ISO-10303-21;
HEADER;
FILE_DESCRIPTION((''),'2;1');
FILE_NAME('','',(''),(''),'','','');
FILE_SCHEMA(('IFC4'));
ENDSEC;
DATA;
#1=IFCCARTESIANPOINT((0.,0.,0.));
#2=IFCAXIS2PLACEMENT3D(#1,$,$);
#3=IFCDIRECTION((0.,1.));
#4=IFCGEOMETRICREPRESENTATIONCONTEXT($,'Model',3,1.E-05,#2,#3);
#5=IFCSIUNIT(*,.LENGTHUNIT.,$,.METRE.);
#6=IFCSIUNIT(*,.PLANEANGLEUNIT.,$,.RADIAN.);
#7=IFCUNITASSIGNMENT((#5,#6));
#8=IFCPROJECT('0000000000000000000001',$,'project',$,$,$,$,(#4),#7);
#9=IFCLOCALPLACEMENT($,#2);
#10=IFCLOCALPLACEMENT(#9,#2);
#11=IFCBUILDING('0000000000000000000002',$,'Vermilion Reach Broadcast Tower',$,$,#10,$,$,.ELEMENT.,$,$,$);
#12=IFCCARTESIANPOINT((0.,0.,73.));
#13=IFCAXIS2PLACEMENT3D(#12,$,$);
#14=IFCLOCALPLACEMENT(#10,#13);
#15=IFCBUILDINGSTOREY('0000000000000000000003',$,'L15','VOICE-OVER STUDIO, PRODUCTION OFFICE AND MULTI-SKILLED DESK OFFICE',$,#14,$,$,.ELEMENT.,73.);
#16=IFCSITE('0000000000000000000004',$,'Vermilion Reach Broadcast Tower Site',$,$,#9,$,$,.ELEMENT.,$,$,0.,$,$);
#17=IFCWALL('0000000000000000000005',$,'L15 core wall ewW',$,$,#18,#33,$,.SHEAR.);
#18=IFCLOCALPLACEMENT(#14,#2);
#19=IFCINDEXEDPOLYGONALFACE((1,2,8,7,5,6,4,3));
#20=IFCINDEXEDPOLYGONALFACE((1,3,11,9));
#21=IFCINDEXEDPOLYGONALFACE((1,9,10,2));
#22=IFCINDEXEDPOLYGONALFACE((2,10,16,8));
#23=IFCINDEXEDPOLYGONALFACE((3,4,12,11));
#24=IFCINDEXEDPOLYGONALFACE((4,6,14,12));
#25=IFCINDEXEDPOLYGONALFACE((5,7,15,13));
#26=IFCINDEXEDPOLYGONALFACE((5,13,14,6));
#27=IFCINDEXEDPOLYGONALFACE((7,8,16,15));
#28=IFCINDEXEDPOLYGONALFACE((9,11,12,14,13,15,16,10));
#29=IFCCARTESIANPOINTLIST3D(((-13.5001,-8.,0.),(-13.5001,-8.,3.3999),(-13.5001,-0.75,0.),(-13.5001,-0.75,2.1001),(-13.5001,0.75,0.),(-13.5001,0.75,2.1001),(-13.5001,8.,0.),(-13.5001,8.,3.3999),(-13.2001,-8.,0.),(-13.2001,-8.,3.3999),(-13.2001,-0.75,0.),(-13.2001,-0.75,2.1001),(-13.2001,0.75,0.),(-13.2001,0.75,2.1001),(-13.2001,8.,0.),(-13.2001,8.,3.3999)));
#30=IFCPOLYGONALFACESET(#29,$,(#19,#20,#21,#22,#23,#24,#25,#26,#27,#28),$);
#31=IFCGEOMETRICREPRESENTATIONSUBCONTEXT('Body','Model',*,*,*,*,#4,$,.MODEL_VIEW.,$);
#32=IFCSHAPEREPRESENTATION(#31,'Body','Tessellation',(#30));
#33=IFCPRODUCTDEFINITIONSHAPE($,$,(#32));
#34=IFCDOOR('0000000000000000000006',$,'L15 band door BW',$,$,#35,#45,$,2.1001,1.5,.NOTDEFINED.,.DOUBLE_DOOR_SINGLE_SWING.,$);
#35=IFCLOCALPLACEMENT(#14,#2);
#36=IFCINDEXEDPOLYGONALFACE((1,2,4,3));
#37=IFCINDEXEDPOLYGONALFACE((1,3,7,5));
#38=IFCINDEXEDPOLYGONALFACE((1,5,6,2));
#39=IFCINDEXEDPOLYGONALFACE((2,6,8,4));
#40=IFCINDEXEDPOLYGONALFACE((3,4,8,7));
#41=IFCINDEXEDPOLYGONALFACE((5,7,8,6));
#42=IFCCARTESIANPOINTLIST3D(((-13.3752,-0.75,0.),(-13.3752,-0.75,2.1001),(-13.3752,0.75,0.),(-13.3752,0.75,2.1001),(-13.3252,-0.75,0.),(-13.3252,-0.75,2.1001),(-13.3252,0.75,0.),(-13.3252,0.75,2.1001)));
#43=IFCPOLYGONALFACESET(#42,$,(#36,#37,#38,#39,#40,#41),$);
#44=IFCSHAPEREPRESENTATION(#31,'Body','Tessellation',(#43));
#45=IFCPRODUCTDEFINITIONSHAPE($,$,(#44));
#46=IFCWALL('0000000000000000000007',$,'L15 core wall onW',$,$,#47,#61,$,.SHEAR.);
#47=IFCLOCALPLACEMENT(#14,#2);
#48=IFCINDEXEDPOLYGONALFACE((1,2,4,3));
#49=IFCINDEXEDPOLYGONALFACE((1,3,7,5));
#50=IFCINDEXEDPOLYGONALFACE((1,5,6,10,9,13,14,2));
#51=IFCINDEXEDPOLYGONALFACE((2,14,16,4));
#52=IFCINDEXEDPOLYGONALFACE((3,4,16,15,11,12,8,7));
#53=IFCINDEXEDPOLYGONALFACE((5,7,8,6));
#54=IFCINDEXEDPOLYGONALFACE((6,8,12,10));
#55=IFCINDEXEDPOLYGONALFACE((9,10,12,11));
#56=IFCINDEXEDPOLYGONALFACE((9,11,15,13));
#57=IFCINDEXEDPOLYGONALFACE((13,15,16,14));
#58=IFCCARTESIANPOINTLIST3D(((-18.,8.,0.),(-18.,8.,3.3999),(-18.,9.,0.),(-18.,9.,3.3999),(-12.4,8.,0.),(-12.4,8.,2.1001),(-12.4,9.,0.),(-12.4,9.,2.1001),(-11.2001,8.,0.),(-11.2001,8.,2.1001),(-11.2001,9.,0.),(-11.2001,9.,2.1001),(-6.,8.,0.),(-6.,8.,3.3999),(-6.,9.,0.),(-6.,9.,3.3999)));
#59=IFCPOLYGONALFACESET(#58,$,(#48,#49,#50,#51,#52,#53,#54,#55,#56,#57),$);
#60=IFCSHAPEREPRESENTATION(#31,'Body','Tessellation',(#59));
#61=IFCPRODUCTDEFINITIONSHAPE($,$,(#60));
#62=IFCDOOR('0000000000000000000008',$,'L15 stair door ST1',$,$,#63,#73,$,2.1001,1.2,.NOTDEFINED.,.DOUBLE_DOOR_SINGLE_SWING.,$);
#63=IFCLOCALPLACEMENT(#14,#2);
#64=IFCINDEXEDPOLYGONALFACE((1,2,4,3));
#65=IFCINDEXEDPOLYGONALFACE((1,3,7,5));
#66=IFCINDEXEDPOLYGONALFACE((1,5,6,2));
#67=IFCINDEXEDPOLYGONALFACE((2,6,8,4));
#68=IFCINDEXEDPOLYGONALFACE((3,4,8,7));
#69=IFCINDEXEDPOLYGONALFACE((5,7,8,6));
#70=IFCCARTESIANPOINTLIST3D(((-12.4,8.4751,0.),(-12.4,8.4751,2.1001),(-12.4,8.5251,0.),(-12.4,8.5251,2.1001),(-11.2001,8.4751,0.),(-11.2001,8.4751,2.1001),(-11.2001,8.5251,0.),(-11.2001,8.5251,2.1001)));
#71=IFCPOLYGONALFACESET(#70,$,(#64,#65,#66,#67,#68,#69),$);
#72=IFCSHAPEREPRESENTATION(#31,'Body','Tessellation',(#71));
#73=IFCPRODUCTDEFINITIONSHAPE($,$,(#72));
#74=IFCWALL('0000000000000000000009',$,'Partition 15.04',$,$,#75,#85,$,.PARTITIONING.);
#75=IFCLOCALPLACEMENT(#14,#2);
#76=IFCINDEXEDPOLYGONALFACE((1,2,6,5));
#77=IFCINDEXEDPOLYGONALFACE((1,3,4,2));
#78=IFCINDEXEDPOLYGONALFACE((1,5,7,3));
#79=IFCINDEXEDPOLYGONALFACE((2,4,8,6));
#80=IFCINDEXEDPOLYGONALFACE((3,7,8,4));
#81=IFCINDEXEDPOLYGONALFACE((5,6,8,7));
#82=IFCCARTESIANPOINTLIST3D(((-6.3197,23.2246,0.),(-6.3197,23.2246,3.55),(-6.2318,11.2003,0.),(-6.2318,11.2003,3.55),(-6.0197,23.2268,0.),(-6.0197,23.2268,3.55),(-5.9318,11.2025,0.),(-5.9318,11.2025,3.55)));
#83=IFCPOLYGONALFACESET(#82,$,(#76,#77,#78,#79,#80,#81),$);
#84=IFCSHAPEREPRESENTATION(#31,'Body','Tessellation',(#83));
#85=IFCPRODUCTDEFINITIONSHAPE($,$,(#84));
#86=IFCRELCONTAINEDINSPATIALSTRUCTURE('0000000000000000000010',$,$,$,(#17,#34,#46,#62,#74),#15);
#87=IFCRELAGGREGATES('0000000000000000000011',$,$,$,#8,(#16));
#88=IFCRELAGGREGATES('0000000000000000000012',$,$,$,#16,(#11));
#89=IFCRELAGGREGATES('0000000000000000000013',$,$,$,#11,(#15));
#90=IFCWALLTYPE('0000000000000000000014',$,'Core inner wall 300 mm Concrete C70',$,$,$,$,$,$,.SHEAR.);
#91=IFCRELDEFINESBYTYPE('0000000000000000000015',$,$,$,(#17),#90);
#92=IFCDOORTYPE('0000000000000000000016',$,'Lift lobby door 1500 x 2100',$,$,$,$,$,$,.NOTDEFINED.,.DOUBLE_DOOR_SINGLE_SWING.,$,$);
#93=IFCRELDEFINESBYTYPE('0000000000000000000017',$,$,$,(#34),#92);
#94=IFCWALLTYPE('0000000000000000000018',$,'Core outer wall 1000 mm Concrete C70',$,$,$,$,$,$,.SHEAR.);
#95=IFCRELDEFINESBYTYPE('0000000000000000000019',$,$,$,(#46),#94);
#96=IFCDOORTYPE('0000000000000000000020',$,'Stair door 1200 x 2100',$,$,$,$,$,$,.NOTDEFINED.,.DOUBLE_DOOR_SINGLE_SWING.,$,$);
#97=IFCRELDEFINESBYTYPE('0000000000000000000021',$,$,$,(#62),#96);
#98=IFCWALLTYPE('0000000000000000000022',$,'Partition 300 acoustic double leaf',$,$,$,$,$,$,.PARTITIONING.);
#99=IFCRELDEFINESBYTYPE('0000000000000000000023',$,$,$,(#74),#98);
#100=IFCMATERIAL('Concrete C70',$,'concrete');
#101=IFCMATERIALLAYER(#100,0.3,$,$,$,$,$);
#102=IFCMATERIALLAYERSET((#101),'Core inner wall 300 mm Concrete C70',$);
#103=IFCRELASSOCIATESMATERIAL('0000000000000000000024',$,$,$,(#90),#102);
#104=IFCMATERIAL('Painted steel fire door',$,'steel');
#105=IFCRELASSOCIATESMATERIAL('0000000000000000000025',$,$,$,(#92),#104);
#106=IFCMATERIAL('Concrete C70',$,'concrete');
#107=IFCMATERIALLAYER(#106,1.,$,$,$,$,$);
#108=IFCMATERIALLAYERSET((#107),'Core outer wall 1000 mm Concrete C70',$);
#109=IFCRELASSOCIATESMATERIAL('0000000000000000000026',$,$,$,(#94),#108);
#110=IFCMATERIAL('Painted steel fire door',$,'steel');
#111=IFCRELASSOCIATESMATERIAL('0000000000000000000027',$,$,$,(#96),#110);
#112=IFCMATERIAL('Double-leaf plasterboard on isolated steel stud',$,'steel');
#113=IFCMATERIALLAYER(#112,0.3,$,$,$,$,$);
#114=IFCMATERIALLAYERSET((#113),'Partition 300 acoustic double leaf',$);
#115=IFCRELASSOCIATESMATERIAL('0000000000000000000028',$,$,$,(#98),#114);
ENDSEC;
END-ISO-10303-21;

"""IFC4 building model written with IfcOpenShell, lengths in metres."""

from ifc_helpers import new_model, si_unit, direction, frame, frame_2d, origin, place, context, subcontext, project, spatial, rectangle, extrude, material, layer, layer_set, type_object, element, fill, save


model = new_model("IFC4")

# Units and contexts
model_context = context("Model", 3, precision=1e-05, world=origin(), true_north=direction((0.0, 1.0)))
body_context = subcontext(model_context, "Body", "Model", "MODEL_VIEW")
ifc_project = project(units=[si_unit("LENGTHUNIT", "METRE"), si_unit("PLANEANGLEUNIT", "RADIAN")], contexts=[model_context])

# Site, building, storey
site_placement = place(None, origin())
site = spatial("IfcSite", under=ifc_project, at=site_placement, Name="Vermilion Reach Broadcast Tower Site", CompositionType="ELEMENT", RefElevation=0.0)
building_placement = place(site_placement, origin())
building = spatial("IfcBuilding", under=site, at=building_placement, Name="Vermilion Reach Broadcast Tower", CompositionType="ELEMENT")
storey_placement = place(building_placement, frame((0.0, 0.0, 73.0)))
storey = spatial("IfcBuildingStorey", under=building, at=storey_placement, Name="L15", Description="VOICE-OVER STUDIO, PRODUCTION OFFICE AND MULTI-SKILLED DESK OFFICE", CompositionType="ELEMENT", Elevation=73.0)

# Walls, openings, doors
ifc_material_1 = material(Name="Concrete C70", Category="concrete")
ifc_layer_1 = layer(ifc_material_1, 0.3)
ifc_layer_set_1 = layer_set([ifc_layer_1], Name="Core inner wall 300 mm Concrete C70")
wall_type_1 = type_object("IfcWallType", Name="Core inner wall 300 mm Concrete C70", PredefinedType="SHEAR", material=ifc_layer_set_1)
wall_1_placement = place(storey_placement, frame((-13.3501, 8.0, 0.0), z_axis=(0.0, 0.0, 1.0), x_axis=(0.0, -1.0, 0.0)))
wall_1 = element("IfcWall", 1, at=wall_1_placement, inside=storey, type_object=wall_type_1, Name="L15 core wall ewW", PredefinedType="SHEAR", context=body_context, shape_type="SweptSolid", body=[
    extrude(rectangle(XDim=16.0, YDim=0.3, at=frame_2d((8.0, 0.0))), origin(), (0.0, 0.0, 1.0), 3.3999),
])
opening_1_placement = place(wall_1_placement, frame((7.25, 0.0, 0.0)))
opening_1 = element("IfcOpeningElement", 2, at=opening_1_placement, cuts=wall_1, PredefinedType="OPENING", context=body_context, shape_type="SweptSolid", body=[
    extrude(rectangle(XDim=1.5, YDim=2.1001, at=frame_2d((0.75, 1.05))), frame((0.0, 0.1599, 0.0), z_axis=(0.0, -1.0, 0.0), x_axis=(1.0, 0.0, 0.0)), (0.0, 0.0, 1.0), 0.3201),
])
ifc_material_2 = material(Name="Painted steel fire door", Category="steel")
door_type_1 = type_object("IfcDoorType", Name="Lift lobby door 1500 x 2100", OperationType="DOUBLE_DOOR_SINGLE_SWING", PredefinedType="NOTDEFINED", material=ifc_material_2)
door_1_placement = place(opening_1_placement, origin())
door_1 = element("IfcDoor", 3, at=door_1_placement, inside=storey, type_object=door_type_1, Name="L15 band door BW", OperationType="DOUBLE_DOOR_SINGLE_SWING", OverallHeight=2.1001, OverallWidth=1.5, PredefinedType="NOTDEFINED", context=body_context, shape_type="SweptSolid", body=[
    extrude(rectangle(XDim=1.5, YDim=2.1001, at=frame_2d((0.75, 1.05))), frame((0.0, 0.0249, 0.0), z_axis=(0.0, -1.0, 0.0), x_axis=(1.0, 0.0, 0.0)), (0.0, 0.0, 1.0), 0.05),
])
fill(opening_1, door_1)
ifc_material_3 = material(Name="Concrete C70", Category="concrete")
ifc_layer_2 = layer(ifc_material_3, 1.0)
ifc_layer_set_2 = layer_set([ifc_layer_2], Name="Core outer wall 1000 mm Concrete C70")
wall_type_2 = type_object("IfcWallType", Name="Core outer wall 1000 mm Concrete C70", PredefinedType="SHEAR", material=ifc_layer_set_2)
wall_2_placement = place(storey_placement, frame((-6.0, 8.5, 0.0), z_axis=(0.0, 0.0, 1.0), x_axis=(-1.0, 0.0, 0.0)))
wall_2 = element("IfcWall", 4, at=wall_2_placement, inside=storey, type_object=wall_type_2, Name="L15 core wall onW", PredefinedType="SHEAR", context=body_context, shape_type="SweptSolid", body=[
    extrude(rectangle(XDim=12.0, YDim=1.0, at=frame_2d((6.0, 0.0))), origin(), (0.0, 0.0, 1.0), 3.3999),
])
opening_2_placement = place(wall_2_placement, frame((5.2, 0.0, 0.0)))
opening_2 = element("IfcOpeningElement", 5, at=opening_2_placement, cuts=wall_2, PredefinedType="OPENING", context=body_context, shape_type="SweptSolid", body=[
    extrude(rectangle(XDim=1.2, YDim=2.1001, at=frame_2d((0.6001, 1.05))), frame((0.0, 0.51, 0.0), z_axis=(0.0, -1.0, 0.0), x_axis=(1.0, 0.0, 0.0)), (0.0, 0.0, 1.0), 1.02),
])
ifc_material_4 = material(Name="Painted steel fire door", Category="steel")
door_type_2 = type_object("IfcDoorType", Name="Stair door 1200 x 2100", OperationType="DOUBLE_DOOR_SINGLE_SWING", PredefinedType="NOTDEFINED", material=ifc_material_4)
door_2_placement = place(opening_2_placement, origin())
door_2 = element("IfcDoor", 6, at=door_2_placement, inside=storey, type_object=door_type_2, Name="L15 stair door ST1", OperationType="DOUBLE_DOOR_SINGLE_SWING", OverallHeight=2.1001, OverallWidth=1.2, PredefinedType="NOTDEFINED", context=body_context, shape_type="SweptSolid", body=[
    extrude(rectangle(XDim=1.2, YDim=2.1001, at=frame_2d((0.6001, 1.05))), frame((0.0, 0.0249, 0.0), z_axis=(0.0, -1.0, 0.0), x_axis=(1.0, 0.0, 0.0)), (0.0, 0.0, 1.0), 0.05),
])
fill(opening_2, door_2)

# Wall
ifc_material_5 = material(Name="Double-leaf plasterboard on isolated steel stud", Category="steel")
ifc_layer_3 = layer(ifc_material_5, 0.3)
ifc_layer_set_3 = layer_set([ifc_layer_3], Name="Partition 300 acoustic double leaf")
wall_type_3 = type_object("IfcWallType", Name="Partition 300 acoustic double leaf", PredefinedType="PARTITIONING", material=ifc_layer_set_3)
wall_3_placement = place(storey_placement, frame((-6.1697, 23.2256, 0.0), z_axis=(0.0, 0.0, 1.0), x_axis=(0.007309, -0.999973, 0.0)))
element("IfcWall", 7, at=wall_3_placement, inside=storey, type_object=wall_type_3, Name="Partition 15.04", PredefinedType="PARTITIONING", context=body_context, shape_type="SweptSolid", body=[
    extrude(rectangle(XDim=12.0247, YDim=0.3, at=frame_2d((6.0122, 0.0))), origin(), (0.0, 0.0, 1.0), 3.55),
])

save(model, "model.ifc")
